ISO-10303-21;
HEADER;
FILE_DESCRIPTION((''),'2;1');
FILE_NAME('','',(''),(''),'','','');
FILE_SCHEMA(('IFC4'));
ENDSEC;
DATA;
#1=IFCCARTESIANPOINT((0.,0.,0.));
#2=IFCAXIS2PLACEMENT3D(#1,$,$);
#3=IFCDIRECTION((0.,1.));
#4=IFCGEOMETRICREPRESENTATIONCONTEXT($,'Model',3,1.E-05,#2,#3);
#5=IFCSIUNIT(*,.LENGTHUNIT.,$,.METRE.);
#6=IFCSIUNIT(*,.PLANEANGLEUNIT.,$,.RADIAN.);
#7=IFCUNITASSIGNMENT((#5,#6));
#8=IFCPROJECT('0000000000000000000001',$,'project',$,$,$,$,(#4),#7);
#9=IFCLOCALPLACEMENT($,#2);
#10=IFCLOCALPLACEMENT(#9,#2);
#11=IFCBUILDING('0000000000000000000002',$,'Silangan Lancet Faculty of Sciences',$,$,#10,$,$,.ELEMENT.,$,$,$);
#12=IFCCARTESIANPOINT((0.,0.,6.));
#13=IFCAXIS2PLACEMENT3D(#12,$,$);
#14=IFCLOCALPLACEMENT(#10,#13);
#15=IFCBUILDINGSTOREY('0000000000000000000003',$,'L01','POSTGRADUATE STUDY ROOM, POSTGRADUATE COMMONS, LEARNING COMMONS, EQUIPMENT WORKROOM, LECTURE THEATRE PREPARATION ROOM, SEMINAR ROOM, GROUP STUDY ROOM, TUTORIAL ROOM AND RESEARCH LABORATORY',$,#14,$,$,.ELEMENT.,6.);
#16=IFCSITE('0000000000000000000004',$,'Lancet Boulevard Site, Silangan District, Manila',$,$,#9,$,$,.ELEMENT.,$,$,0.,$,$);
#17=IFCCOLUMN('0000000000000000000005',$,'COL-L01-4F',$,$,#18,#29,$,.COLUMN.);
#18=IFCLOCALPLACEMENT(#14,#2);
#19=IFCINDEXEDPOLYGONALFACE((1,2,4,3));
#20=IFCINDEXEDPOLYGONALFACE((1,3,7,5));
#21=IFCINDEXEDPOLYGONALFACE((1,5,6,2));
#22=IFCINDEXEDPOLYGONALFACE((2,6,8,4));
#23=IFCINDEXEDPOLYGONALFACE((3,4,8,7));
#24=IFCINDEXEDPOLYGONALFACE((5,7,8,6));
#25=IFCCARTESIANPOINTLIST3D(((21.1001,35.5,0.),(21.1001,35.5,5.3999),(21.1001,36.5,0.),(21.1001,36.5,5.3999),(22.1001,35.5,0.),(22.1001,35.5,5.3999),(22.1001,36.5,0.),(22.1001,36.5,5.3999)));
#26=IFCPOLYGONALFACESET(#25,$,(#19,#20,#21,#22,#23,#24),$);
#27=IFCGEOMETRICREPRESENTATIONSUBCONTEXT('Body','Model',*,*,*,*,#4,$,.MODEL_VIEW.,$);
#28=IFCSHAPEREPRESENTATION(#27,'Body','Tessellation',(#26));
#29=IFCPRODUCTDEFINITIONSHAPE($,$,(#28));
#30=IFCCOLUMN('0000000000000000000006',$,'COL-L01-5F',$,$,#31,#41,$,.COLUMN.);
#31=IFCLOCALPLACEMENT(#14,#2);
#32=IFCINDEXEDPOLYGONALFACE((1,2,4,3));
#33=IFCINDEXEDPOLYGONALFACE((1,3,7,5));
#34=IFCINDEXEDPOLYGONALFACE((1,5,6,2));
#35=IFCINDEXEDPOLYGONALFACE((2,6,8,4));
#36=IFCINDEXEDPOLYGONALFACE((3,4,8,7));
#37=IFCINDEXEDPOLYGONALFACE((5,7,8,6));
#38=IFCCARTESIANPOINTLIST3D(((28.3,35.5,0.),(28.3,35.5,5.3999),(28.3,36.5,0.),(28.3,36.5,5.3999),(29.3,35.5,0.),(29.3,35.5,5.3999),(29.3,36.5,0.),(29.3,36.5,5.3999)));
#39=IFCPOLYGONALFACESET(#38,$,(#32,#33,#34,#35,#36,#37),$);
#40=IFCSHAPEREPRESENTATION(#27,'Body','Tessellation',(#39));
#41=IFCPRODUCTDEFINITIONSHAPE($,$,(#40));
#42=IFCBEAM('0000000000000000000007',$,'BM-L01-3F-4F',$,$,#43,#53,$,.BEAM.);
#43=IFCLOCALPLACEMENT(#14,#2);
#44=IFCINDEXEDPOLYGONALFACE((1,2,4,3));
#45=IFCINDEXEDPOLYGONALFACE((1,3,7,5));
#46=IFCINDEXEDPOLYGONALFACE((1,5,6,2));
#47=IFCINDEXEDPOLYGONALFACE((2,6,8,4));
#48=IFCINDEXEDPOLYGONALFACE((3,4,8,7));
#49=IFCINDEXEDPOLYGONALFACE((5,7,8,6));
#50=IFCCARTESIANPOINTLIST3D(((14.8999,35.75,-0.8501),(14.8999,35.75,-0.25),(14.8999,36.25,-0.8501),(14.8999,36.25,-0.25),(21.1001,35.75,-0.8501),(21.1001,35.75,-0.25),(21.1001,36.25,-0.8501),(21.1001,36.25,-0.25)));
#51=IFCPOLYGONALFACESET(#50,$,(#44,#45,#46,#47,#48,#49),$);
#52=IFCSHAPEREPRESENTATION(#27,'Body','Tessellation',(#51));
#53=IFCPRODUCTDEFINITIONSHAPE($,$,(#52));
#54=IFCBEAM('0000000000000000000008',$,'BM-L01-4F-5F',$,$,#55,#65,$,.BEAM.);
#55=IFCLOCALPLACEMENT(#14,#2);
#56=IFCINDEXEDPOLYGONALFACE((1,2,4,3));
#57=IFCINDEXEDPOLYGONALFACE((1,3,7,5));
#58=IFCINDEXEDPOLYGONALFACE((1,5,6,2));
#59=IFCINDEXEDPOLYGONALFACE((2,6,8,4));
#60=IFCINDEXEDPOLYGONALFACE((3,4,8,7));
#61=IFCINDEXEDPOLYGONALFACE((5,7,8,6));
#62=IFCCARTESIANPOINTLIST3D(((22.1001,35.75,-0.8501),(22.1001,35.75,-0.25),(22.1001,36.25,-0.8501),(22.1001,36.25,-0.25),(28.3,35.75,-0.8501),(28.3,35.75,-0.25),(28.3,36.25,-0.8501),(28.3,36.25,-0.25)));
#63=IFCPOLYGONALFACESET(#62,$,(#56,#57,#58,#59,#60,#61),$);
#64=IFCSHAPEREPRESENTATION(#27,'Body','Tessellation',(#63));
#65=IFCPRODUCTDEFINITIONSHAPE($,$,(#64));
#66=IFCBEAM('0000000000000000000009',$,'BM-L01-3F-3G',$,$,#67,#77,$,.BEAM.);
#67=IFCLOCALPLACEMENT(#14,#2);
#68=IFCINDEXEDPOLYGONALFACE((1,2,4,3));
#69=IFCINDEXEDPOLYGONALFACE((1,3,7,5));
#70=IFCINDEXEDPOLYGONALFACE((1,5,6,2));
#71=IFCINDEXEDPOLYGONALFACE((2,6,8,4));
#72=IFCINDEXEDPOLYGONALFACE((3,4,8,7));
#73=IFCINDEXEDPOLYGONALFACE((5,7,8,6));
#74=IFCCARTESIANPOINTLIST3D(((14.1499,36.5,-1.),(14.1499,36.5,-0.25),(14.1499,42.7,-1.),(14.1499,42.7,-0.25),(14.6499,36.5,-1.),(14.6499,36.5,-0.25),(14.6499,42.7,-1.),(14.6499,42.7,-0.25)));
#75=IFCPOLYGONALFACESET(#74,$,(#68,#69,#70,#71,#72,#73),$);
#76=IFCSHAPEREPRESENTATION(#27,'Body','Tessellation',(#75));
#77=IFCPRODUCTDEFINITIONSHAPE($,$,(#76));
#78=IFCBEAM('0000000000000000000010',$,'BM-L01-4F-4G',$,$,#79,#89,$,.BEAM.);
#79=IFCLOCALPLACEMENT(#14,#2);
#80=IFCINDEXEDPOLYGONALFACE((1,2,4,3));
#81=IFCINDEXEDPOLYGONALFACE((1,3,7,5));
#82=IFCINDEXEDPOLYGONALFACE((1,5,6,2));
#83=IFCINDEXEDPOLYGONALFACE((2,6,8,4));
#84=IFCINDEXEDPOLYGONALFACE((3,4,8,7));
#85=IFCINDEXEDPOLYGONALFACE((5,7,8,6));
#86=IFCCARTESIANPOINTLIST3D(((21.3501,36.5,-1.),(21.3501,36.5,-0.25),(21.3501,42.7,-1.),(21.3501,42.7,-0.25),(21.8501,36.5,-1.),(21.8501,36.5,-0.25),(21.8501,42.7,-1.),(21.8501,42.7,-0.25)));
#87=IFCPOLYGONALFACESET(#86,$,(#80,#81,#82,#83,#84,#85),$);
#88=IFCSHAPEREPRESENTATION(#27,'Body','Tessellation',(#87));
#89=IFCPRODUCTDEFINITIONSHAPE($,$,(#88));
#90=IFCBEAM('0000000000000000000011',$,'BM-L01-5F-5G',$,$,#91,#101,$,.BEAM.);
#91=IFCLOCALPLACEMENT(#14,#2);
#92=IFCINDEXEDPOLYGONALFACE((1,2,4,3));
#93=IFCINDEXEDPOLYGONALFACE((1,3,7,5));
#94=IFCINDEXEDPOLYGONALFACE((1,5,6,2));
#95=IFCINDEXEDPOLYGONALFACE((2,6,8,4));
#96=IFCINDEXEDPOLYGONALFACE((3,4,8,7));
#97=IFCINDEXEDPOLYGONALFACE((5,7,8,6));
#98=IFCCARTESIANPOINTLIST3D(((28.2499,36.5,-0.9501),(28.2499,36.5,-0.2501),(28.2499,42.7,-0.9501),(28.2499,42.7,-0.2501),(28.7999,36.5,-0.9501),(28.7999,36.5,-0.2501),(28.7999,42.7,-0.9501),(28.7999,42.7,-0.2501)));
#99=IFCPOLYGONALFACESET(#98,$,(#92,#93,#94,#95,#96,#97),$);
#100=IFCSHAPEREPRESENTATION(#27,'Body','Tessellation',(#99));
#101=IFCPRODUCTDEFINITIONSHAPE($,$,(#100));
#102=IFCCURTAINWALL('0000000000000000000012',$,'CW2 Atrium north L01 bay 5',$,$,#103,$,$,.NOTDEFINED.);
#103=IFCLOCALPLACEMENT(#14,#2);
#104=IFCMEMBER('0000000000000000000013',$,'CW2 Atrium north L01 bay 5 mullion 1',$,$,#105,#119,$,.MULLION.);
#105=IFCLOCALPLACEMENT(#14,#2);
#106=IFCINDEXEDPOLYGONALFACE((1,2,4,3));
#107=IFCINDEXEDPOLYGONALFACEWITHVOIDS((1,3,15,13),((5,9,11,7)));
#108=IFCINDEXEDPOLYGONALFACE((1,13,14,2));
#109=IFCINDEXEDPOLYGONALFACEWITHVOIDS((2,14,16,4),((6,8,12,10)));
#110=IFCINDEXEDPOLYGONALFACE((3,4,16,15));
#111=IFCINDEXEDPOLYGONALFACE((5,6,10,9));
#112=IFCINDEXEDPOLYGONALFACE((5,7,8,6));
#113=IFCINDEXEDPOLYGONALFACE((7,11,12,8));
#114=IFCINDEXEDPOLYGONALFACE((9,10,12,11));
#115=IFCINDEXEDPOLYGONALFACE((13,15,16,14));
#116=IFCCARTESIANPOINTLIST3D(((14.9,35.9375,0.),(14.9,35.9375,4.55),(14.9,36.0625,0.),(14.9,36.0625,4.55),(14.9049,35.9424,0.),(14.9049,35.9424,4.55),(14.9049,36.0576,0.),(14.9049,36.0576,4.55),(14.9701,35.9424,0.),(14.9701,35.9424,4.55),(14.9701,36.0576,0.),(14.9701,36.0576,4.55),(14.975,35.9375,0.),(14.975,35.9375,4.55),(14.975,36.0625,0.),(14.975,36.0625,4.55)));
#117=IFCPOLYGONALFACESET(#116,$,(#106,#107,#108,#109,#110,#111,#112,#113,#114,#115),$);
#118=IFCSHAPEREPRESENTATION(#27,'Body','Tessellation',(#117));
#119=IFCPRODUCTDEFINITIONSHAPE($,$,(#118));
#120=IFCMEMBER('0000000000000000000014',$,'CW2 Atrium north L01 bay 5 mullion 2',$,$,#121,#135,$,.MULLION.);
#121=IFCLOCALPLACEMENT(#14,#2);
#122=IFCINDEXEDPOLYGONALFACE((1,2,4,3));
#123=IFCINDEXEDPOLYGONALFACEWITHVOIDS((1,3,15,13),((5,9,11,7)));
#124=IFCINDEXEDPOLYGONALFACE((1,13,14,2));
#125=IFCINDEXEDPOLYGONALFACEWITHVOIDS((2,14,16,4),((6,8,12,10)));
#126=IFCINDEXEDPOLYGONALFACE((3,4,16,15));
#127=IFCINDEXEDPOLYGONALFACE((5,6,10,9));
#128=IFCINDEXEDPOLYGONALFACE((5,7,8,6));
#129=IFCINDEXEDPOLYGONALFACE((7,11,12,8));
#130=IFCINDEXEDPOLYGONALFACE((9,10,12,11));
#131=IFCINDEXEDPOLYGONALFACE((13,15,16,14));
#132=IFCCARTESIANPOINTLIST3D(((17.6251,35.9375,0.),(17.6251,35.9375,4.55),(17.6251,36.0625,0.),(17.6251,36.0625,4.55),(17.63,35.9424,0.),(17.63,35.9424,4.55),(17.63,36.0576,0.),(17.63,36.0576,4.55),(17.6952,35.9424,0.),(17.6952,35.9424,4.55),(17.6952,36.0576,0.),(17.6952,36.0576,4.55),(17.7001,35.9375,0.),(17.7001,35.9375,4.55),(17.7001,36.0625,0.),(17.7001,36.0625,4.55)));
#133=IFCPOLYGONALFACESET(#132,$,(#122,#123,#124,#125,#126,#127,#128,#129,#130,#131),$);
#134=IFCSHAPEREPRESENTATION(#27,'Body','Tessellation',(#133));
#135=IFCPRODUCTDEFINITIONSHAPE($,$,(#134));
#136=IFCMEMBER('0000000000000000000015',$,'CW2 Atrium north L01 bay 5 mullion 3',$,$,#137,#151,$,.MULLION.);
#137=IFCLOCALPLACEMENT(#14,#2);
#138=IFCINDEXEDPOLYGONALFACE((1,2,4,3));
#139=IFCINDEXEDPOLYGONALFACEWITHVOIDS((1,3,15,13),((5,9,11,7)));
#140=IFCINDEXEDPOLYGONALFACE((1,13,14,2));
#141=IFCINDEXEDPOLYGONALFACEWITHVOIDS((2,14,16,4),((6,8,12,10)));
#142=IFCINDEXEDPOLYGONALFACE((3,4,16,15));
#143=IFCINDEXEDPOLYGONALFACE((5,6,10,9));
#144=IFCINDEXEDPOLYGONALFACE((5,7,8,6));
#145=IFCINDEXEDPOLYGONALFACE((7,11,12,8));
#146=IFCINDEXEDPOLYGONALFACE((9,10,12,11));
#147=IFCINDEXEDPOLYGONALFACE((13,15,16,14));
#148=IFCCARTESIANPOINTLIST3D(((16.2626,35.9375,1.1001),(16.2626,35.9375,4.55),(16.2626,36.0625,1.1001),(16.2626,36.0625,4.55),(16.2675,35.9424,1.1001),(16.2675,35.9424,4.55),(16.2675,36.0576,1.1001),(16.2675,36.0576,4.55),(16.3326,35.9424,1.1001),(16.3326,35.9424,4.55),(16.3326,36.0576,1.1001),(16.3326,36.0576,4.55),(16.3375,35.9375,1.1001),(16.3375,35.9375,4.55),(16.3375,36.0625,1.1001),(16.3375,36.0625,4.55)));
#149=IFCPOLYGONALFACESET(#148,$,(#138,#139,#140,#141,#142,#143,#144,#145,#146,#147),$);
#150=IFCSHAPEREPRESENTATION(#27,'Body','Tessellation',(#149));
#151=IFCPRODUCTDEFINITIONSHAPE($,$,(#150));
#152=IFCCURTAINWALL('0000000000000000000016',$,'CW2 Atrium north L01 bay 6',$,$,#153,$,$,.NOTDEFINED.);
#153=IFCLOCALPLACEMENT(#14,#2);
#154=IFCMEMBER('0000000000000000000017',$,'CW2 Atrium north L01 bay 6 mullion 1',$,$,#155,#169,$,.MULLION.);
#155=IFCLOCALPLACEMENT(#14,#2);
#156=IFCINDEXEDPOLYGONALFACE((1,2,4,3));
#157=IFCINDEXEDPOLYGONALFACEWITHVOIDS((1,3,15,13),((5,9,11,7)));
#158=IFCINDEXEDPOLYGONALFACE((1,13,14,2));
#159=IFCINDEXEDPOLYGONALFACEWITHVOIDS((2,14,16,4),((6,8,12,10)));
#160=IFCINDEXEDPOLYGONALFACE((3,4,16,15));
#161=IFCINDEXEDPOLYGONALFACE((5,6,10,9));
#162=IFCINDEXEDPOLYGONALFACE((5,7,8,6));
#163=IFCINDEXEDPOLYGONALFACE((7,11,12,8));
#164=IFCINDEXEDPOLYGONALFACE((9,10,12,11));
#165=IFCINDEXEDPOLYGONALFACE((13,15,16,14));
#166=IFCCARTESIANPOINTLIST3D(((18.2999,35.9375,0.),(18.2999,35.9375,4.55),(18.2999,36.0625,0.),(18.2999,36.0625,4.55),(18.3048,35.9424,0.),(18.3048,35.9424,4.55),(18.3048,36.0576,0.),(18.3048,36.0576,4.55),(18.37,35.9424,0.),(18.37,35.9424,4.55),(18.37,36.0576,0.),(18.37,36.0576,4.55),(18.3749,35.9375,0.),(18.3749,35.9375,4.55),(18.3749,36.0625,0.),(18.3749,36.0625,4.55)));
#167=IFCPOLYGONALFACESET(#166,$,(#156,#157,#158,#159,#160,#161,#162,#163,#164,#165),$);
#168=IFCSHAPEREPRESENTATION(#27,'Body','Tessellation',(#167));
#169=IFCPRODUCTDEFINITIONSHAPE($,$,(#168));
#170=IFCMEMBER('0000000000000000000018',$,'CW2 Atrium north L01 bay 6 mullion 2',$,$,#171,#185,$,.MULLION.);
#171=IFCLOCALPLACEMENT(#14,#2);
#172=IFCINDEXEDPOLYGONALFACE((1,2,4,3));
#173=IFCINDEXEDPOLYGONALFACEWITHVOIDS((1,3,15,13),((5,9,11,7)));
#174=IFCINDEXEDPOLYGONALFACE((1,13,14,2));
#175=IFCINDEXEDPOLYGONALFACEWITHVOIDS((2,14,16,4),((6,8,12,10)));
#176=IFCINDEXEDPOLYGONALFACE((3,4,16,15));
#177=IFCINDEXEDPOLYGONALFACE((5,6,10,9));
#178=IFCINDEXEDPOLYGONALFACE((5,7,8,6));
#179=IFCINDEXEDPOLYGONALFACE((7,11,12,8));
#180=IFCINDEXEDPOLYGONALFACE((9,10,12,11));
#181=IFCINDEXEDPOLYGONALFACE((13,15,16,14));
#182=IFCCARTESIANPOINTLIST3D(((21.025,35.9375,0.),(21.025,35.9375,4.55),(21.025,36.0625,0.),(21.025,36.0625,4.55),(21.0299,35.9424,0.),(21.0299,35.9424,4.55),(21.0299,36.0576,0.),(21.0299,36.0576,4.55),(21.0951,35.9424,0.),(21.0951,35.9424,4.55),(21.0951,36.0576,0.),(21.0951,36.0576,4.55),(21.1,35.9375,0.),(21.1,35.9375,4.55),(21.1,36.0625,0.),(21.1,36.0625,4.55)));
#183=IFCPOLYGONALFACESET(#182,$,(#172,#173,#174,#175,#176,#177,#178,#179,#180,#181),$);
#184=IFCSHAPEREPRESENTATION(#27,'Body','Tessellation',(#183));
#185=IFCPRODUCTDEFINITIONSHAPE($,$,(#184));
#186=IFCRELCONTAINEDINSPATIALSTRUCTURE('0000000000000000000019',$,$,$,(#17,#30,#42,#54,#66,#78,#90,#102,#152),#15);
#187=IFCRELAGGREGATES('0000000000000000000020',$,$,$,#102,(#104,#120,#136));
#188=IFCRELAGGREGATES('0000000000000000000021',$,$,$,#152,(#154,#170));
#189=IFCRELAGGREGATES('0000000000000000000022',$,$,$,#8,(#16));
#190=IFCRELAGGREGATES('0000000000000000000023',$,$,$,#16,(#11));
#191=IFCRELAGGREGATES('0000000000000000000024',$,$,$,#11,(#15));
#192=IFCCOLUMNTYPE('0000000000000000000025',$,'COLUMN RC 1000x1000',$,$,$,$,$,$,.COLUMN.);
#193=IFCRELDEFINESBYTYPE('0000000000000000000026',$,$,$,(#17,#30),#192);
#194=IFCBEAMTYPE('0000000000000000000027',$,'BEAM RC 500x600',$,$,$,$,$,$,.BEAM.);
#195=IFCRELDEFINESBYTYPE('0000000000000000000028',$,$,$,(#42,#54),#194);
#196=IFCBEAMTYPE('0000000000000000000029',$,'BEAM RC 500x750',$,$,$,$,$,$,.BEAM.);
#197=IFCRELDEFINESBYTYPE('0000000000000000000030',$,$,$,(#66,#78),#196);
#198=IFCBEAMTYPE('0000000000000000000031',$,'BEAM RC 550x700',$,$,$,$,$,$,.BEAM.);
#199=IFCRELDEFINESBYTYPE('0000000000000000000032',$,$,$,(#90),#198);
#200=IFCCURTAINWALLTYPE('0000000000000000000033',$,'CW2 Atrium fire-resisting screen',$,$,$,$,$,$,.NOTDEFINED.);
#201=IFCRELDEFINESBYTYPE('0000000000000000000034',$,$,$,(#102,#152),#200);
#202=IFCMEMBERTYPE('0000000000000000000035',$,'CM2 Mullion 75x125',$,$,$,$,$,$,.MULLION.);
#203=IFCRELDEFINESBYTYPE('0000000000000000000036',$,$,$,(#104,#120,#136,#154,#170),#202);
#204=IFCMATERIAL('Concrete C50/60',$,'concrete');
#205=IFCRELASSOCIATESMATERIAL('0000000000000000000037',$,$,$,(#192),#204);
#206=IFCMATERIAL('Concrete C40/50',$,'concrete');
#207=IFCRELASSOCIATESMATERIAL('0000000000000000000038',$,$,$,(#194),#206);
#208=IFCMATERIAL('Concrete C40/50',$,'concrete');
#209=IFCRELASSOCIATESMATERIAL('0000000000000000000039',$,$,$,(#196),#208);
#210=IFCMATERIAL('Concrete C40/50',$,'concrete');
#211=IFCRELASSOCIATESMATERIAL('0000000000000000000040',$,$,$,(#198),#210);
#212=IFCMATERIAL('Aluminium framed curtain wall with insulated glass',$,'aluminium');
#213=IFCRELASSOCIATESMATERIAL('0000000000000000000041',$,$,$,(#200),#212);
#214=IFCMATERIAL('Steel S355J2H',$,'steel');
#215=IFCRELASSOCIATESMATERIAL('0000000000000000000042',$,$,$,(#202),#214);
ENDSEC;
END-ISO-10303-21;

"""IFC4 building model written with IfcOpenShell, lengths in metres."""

from ifc_helpers import new_model, si_unit, direction, frame, origin, origin_2d, place, context, subcontext, project, spatial, rectangle, hollow_rectangle, extrude, material, material_profile, profile_set, type_object, element, aggregate, save


model = new_model("IFC4")

# Units and contexts
model_context = context("Model", 3, precision=1e-05, world=origin(), true_north=direction((0.0, 1.0)))
body_context = subcontext(model_context, "Body", "Model", "MODEL_VIEW")
ifc_project = project(units=[si_unit("LENGTHUNIT", "METRE"), si_unit("PLANEANGLEUNIT", "RADIAN")], contexts=[model_context])

# Site, building, storey
site_placement = place(None, origin())
site = spatial("IfcSite", under=ifc_project, at=site_placement, Name="Lancet Boulevard Site, Silangan District, Manila", CompositionType="ELEMENT", RefElevation=0.0)
building_placement = place(site_placement, origin())
building = spatial("IfcBuilding", under=site, at=building_placement, Name="Silangan Lancet Faculty of Sciences", CompositionType="ELEMENT")
storey_placement = place(building_placement, frame((0.0, 0.0, 6.0)))
storey = spatial("IfcBuildingStorey", under=building, at=storey_placement, Name="L01", Description="POSTGRADUATE STUDY ROOM, POSTGRADUATE COMMONS, LEARNING COMMONS, EQUIPMENT WORKROOM, LECTURE THEATRE PREPARATION ROOM, SEMINAR ROOM, GROUP STUDY ROOM, TUTORIAL ROOM AND RESEARCH LABORATORY", CompositionType="ELEMENT", Elevation=6.0)

# Columns
ifc_material_1 = material(Name="Concrete C50/60", Category="concrete")
ifc_material_profile_1 = material_profile(ifc_material_1, rectangle(XDim=1.0, YDim=1.0, at=origin_2d()), Name="RC 1000x1000")
ifc_profile_set_1 = profile_set([ifc_material_profile_1], Name="Concrete C50/60")
column_type = type_object("IfcColumnType", Name="COLUMN RC 1000x1000", PredefinedType="COLUMN", material=ifc_profile_set_1)
for number, where, z_axis, x_axis, name in (
    (1, (21.6001, 36.0, 0.0), (0.0, 0.0, 1.0), (1.0, 0.0, 0.0), "COL-L01-4F"),
    (2, (28.8, 36.0, 0.0), (0.0, 0.0, 1.0), (1.0, 0.0, 0.0), "COL-L01-5F"),
):
    element("IfcColumn", number, at=place(storey_placement, frame(where, z_axis=z_axis, x_axis=x_axis)), inside=storey, type_object=column_type, Name=name, PredefinedType="COLUMN", context=body_context, shape_type="SweptSolid", body=[
        extrude(rectangle(XDim=1.0, YDim=1.0, at=origin_2d()), origin(), (0.0, 0.0, 1.0), 5.3999),
    ])

# Beams
ifc_material_2 = material(Name="Concrete C40/50", Category="concrete")
ifc_material_profile_2 = material_profile(ifc_material_2, rectangle(XDim=0.5, YDim=0.6001, at=origin_2d()), Name="RC 500x600")
ifc_profile_set_2 = profile_set([ifc_material_profile_2], Name="Concrete C40/50")
beam_type_1 = type_object("IfcBeamType", Name="BEAM RC 500x600", PredefinedType="BEAM", material=ifc_profile_set_2)
beam_1_placement = place(storey_placement, frame((14.8999, 36.0, -0.55), z_axis=(1.0, 0.0, 0.0), x_axis=(0.0, 1.0, 0.0)))
element("IfcBeam", 3, at=beam_1_placement, inside=storey, type_object=beam_type_1, Name="BM-L01-3F-4F", PredefinedType="BEAM", context=body_context, shape_type="SweptSolid", body=[
    extrude(rectangle(XDim=0.5, YDim=0.6001, at=origin_2d()), origin(), (0.0, 0.0, 1.0), 6.2002),
])
beam_2_placement = place(storey_placement, frame((22.1001, 36.0, -0.55), z_axis=(1.0, 0.0, 0.0), x_axis=(0.0, 1.0, 0.0)))
element("IfcBeam", 4, at=beam_2_placement, inside=storey, type_object=beam_type_1, Name="BM-L01-4F-5F", PredefinedType="BEAM", context=body_context, shape_type="SweptSolid", body=[
    extrude(rectangle(XDim=0.5, YDim=0.6001, at=origin_2d()), origin(), (0.0, 0.0, 1.0), 6.2),
])
ifc_material_3 = material(Name="Concrete C40/50", Category="concrete")
ifc_material_profile_3 = material_profile(ifc_material_3, rectangle(XDim=0.5, YDim=0.75, at=origin_2d()), Name="RC 500x750")
ifc_profile_set_3 = profile_set([ifc_material_profile_3], Name="Concrete C40/50")
beam_type_2 = type_object("IfcBeamType", Name="BEAM RC 500x750", PredefinedType="BEAM", material=ifc_profile_set_3)
for number, where, z_axis, x_axis, name in (
    (5, (14.3999, 36.5, -0.625), (0.0, 1.0, 0.0), (-1.0, 0.0, 0.0), "BM-L01-3F-3G"),
    (6, (21.6001, 36.5, -0.625), (0.0, 1.0, 0.0), (-1.0, 0.0, 0.0), "BM-L01-4F-4G"),
):
    element("IfcBeam", number, at=place(storey_placement, frame(where, z_axis=z_axis, x_axis=x_axis)), inside=storey, type_object=beam_type_2, Name=name, PredefinedType="BEAM", context=body_context, shape_type="SweptSolid", body=[
        extrude(rectangle(XDim=0.5, YDim=0.75, at=origin_2d()), origin(), (0.0, 0.0, 1.0), 6.2),
    ])
ifc_material_4 = material(Name="Concrete C40/50", Category="concrete")
ifc_material_profile_4 = material_profile(ifc_material_4, rectangle(XDim=0.55, YDim=0.7, at=origin_2d()), Name="RC 550x700")
ifc_profile_set_4 = profile_set([ifc_material_profile_4], Name="Concrete C40/50")
beam_type_3 = type_object("IfcBeamType", Name="BEAM RC 550x700", PredefinedType="BEAM", material=ifc_profile_set_4)
beam_3_placement = place(storey_placement, frame((28.5249, 36.5, -0.6001), z_axis=(0.0, 1.0, 0.0), x_axis=(-1.0, 0.0, 0.0)))
element("IfcBeam", 7, at=beam_3_placement, inside=storey, type_object=beam_type_3, Name="BM-L01-5F-5G", PredefinedType="BEAM", context=body_context, shape_type="SweptSolid", body=[
    extrude(rectangle(XDim=0.55, YDim=0.7, at=origin_2d()), origin(), (0.0, 0.0, 1.0), 6.2),
])

# Curtain walls, members
ifc_material_5 = material(Name="Aluminium framed curtain wall with insulated glass", Category="aluminium")
curtain_wall_type = type_object("IfcCurtainWallType", Name="CW2 Atrium fire-resisting screen", PredefinedType="NOTDEFINED", material=ifc_material_5)
curtain_wall_1_placement = place(storey_placement, origin())
curtain_wall_1 = element("IfcCurtainWall", 8, at=curtain_wall_1_placement, inside=storey, type_object=curtain_wall_type, Name="CW2 Atrium north L01 bay 5", PredefinedType="NOTDEFINED")
ifc_material_6 = material(Name="Steel S355J2H", Category="steel")
ifc_material_profile_5 = material_profile(ifc_material_6, hollow_rectangle(XDim=0.075, YDim=0.125, WallThickness=0.0049, at=origin_2d()), Name="ST BOX 75x125x5")
ifc_profile_set_5 = profile_set([ifc_material_profile_5], Name="Steel S355J2H")
member_type_1 = type_object("IfcMemberType", Name="CM2 Mullion 75x125", PredefinedType="MULLION", material=ifc_profile_set_5)
member_1_placement = place(storey_placement, frame((14.9375, 36.0, 0.0), z_axis=(0.0, 0.0, 1.0), x_axis=(1.0, 0.0, 0.0)))
member_1 = element("IfcMember", 9, at=member_1_placement, type_object=member_type_1, Name="CW2 Atrium north L01 bay 5 mullion 1", PredefinedType="MULLION", context=body_context, shape_type="SweptSolid", body=[
    extrude(hollow_rectangle(XDim=0.075, YDim=0.125, WallThickness=0.0049, at=origin_2d()), origin(), (0.0, 0.0, 1.0), 4.55),
])
member_2_placement = place(storey_placement, frame((17.6626, 36.0, 0.0), z_axis=(0.0, 0.0, 1.0), x_axis=(1.0, 0.0, 0.0)))
member_2 = element("IfcMember", 10, at=member_2_placement, type_object=member_type_1, Name="CW2 Atrium north L01 bay 5 mullion 2", PredefinedType="MULLION", context=body_context, shape_type="SweptSolid", body=[
    extrude(hollow_rectangle(XDim=0.075, YDim=0.125, WallThickness=0.0049, at=origin_2d()), origin(), (0.0, 0.0, 1.0), 4.55),
])
member_3_placement = place(storey_placement, frame((16.3, 36.0, 1.1001), z_axis=(0.0, 0.0, 1.0), x_axis=(1.0, 0.0, 0.0)))
member_3 = element("IfcMember", 11, at=member_3_placement, type_object=member_type_1, Name="CW2 Atrium north L01 bay 5 mullion 3", PredefinedType="MULLION", context=body_context, shape_type="SweptSolid", body=[
    extrude(hollow_rectangle(XDim=0.075, YDim=0.125, WallThickness=0.0049, at=origin_2d()), origin(), (0.0, 0.0, 1.0), 3.45),
])
curtain_wall_2_placement = place(storey_placement, origin())
curtain_wall_2 = element("IfcCurtainWall", 12, at=curtain_wall_2_placement, inside=storey, type_object=curtain_wall_type, Name="CW2 Atrium north L01 bay 6", PredefinedType="NOTDEFINED")
member_4_placement = place(storey_placement, frame((18.3374, 36.0, 0.0), z_axis=(0.0, 0.0, 1.0), x_axis=(1.0, 0.0, 0.0)))
member_4 = element("IfcMember", 13, at=member_4_placement, type_object=member_type_1, Name="CW2 Atrium north L01 bay 6 mullion 1", PredefinedType="MULLION", context=body_context, shape_type="SweptSolid", body=[
    extrude(hollow_rectangle(XDim=0.075, YDim=0.125, WallThickness=0.0049, at=origin_2d()), origin(), (0.0, 0.0, 1.0), 4.55),
])
member_5_placement = place(storey_placement, frame((21.0625, 36.0, 0.0), z_axis=(0.0, 0.0, 1.0), x_axis=(1.0, 0.0, 0.0)))
member_5 = element("IfcMember", 14, at=member_5_placement, type_object=member_type_1, Name="CW2 Atrium north L01 bay 6 mullion 2", PredefinedType="MULLION", context=body_context, shape_type="SweptSolid", body=[
    extrude(hollow_rectangle(XDim=0.075, YDim=0.125, WallThickness=0.0049, at=origin_2d()), origin(), (0.0, 0.0, 1.0), 4.55),
])

aggregate(curtain_wall_1, [member_1, member_2, member_3])
aggregate(curtain_wall_2, [member_4, member_5])

save(model, "model.ifc")
